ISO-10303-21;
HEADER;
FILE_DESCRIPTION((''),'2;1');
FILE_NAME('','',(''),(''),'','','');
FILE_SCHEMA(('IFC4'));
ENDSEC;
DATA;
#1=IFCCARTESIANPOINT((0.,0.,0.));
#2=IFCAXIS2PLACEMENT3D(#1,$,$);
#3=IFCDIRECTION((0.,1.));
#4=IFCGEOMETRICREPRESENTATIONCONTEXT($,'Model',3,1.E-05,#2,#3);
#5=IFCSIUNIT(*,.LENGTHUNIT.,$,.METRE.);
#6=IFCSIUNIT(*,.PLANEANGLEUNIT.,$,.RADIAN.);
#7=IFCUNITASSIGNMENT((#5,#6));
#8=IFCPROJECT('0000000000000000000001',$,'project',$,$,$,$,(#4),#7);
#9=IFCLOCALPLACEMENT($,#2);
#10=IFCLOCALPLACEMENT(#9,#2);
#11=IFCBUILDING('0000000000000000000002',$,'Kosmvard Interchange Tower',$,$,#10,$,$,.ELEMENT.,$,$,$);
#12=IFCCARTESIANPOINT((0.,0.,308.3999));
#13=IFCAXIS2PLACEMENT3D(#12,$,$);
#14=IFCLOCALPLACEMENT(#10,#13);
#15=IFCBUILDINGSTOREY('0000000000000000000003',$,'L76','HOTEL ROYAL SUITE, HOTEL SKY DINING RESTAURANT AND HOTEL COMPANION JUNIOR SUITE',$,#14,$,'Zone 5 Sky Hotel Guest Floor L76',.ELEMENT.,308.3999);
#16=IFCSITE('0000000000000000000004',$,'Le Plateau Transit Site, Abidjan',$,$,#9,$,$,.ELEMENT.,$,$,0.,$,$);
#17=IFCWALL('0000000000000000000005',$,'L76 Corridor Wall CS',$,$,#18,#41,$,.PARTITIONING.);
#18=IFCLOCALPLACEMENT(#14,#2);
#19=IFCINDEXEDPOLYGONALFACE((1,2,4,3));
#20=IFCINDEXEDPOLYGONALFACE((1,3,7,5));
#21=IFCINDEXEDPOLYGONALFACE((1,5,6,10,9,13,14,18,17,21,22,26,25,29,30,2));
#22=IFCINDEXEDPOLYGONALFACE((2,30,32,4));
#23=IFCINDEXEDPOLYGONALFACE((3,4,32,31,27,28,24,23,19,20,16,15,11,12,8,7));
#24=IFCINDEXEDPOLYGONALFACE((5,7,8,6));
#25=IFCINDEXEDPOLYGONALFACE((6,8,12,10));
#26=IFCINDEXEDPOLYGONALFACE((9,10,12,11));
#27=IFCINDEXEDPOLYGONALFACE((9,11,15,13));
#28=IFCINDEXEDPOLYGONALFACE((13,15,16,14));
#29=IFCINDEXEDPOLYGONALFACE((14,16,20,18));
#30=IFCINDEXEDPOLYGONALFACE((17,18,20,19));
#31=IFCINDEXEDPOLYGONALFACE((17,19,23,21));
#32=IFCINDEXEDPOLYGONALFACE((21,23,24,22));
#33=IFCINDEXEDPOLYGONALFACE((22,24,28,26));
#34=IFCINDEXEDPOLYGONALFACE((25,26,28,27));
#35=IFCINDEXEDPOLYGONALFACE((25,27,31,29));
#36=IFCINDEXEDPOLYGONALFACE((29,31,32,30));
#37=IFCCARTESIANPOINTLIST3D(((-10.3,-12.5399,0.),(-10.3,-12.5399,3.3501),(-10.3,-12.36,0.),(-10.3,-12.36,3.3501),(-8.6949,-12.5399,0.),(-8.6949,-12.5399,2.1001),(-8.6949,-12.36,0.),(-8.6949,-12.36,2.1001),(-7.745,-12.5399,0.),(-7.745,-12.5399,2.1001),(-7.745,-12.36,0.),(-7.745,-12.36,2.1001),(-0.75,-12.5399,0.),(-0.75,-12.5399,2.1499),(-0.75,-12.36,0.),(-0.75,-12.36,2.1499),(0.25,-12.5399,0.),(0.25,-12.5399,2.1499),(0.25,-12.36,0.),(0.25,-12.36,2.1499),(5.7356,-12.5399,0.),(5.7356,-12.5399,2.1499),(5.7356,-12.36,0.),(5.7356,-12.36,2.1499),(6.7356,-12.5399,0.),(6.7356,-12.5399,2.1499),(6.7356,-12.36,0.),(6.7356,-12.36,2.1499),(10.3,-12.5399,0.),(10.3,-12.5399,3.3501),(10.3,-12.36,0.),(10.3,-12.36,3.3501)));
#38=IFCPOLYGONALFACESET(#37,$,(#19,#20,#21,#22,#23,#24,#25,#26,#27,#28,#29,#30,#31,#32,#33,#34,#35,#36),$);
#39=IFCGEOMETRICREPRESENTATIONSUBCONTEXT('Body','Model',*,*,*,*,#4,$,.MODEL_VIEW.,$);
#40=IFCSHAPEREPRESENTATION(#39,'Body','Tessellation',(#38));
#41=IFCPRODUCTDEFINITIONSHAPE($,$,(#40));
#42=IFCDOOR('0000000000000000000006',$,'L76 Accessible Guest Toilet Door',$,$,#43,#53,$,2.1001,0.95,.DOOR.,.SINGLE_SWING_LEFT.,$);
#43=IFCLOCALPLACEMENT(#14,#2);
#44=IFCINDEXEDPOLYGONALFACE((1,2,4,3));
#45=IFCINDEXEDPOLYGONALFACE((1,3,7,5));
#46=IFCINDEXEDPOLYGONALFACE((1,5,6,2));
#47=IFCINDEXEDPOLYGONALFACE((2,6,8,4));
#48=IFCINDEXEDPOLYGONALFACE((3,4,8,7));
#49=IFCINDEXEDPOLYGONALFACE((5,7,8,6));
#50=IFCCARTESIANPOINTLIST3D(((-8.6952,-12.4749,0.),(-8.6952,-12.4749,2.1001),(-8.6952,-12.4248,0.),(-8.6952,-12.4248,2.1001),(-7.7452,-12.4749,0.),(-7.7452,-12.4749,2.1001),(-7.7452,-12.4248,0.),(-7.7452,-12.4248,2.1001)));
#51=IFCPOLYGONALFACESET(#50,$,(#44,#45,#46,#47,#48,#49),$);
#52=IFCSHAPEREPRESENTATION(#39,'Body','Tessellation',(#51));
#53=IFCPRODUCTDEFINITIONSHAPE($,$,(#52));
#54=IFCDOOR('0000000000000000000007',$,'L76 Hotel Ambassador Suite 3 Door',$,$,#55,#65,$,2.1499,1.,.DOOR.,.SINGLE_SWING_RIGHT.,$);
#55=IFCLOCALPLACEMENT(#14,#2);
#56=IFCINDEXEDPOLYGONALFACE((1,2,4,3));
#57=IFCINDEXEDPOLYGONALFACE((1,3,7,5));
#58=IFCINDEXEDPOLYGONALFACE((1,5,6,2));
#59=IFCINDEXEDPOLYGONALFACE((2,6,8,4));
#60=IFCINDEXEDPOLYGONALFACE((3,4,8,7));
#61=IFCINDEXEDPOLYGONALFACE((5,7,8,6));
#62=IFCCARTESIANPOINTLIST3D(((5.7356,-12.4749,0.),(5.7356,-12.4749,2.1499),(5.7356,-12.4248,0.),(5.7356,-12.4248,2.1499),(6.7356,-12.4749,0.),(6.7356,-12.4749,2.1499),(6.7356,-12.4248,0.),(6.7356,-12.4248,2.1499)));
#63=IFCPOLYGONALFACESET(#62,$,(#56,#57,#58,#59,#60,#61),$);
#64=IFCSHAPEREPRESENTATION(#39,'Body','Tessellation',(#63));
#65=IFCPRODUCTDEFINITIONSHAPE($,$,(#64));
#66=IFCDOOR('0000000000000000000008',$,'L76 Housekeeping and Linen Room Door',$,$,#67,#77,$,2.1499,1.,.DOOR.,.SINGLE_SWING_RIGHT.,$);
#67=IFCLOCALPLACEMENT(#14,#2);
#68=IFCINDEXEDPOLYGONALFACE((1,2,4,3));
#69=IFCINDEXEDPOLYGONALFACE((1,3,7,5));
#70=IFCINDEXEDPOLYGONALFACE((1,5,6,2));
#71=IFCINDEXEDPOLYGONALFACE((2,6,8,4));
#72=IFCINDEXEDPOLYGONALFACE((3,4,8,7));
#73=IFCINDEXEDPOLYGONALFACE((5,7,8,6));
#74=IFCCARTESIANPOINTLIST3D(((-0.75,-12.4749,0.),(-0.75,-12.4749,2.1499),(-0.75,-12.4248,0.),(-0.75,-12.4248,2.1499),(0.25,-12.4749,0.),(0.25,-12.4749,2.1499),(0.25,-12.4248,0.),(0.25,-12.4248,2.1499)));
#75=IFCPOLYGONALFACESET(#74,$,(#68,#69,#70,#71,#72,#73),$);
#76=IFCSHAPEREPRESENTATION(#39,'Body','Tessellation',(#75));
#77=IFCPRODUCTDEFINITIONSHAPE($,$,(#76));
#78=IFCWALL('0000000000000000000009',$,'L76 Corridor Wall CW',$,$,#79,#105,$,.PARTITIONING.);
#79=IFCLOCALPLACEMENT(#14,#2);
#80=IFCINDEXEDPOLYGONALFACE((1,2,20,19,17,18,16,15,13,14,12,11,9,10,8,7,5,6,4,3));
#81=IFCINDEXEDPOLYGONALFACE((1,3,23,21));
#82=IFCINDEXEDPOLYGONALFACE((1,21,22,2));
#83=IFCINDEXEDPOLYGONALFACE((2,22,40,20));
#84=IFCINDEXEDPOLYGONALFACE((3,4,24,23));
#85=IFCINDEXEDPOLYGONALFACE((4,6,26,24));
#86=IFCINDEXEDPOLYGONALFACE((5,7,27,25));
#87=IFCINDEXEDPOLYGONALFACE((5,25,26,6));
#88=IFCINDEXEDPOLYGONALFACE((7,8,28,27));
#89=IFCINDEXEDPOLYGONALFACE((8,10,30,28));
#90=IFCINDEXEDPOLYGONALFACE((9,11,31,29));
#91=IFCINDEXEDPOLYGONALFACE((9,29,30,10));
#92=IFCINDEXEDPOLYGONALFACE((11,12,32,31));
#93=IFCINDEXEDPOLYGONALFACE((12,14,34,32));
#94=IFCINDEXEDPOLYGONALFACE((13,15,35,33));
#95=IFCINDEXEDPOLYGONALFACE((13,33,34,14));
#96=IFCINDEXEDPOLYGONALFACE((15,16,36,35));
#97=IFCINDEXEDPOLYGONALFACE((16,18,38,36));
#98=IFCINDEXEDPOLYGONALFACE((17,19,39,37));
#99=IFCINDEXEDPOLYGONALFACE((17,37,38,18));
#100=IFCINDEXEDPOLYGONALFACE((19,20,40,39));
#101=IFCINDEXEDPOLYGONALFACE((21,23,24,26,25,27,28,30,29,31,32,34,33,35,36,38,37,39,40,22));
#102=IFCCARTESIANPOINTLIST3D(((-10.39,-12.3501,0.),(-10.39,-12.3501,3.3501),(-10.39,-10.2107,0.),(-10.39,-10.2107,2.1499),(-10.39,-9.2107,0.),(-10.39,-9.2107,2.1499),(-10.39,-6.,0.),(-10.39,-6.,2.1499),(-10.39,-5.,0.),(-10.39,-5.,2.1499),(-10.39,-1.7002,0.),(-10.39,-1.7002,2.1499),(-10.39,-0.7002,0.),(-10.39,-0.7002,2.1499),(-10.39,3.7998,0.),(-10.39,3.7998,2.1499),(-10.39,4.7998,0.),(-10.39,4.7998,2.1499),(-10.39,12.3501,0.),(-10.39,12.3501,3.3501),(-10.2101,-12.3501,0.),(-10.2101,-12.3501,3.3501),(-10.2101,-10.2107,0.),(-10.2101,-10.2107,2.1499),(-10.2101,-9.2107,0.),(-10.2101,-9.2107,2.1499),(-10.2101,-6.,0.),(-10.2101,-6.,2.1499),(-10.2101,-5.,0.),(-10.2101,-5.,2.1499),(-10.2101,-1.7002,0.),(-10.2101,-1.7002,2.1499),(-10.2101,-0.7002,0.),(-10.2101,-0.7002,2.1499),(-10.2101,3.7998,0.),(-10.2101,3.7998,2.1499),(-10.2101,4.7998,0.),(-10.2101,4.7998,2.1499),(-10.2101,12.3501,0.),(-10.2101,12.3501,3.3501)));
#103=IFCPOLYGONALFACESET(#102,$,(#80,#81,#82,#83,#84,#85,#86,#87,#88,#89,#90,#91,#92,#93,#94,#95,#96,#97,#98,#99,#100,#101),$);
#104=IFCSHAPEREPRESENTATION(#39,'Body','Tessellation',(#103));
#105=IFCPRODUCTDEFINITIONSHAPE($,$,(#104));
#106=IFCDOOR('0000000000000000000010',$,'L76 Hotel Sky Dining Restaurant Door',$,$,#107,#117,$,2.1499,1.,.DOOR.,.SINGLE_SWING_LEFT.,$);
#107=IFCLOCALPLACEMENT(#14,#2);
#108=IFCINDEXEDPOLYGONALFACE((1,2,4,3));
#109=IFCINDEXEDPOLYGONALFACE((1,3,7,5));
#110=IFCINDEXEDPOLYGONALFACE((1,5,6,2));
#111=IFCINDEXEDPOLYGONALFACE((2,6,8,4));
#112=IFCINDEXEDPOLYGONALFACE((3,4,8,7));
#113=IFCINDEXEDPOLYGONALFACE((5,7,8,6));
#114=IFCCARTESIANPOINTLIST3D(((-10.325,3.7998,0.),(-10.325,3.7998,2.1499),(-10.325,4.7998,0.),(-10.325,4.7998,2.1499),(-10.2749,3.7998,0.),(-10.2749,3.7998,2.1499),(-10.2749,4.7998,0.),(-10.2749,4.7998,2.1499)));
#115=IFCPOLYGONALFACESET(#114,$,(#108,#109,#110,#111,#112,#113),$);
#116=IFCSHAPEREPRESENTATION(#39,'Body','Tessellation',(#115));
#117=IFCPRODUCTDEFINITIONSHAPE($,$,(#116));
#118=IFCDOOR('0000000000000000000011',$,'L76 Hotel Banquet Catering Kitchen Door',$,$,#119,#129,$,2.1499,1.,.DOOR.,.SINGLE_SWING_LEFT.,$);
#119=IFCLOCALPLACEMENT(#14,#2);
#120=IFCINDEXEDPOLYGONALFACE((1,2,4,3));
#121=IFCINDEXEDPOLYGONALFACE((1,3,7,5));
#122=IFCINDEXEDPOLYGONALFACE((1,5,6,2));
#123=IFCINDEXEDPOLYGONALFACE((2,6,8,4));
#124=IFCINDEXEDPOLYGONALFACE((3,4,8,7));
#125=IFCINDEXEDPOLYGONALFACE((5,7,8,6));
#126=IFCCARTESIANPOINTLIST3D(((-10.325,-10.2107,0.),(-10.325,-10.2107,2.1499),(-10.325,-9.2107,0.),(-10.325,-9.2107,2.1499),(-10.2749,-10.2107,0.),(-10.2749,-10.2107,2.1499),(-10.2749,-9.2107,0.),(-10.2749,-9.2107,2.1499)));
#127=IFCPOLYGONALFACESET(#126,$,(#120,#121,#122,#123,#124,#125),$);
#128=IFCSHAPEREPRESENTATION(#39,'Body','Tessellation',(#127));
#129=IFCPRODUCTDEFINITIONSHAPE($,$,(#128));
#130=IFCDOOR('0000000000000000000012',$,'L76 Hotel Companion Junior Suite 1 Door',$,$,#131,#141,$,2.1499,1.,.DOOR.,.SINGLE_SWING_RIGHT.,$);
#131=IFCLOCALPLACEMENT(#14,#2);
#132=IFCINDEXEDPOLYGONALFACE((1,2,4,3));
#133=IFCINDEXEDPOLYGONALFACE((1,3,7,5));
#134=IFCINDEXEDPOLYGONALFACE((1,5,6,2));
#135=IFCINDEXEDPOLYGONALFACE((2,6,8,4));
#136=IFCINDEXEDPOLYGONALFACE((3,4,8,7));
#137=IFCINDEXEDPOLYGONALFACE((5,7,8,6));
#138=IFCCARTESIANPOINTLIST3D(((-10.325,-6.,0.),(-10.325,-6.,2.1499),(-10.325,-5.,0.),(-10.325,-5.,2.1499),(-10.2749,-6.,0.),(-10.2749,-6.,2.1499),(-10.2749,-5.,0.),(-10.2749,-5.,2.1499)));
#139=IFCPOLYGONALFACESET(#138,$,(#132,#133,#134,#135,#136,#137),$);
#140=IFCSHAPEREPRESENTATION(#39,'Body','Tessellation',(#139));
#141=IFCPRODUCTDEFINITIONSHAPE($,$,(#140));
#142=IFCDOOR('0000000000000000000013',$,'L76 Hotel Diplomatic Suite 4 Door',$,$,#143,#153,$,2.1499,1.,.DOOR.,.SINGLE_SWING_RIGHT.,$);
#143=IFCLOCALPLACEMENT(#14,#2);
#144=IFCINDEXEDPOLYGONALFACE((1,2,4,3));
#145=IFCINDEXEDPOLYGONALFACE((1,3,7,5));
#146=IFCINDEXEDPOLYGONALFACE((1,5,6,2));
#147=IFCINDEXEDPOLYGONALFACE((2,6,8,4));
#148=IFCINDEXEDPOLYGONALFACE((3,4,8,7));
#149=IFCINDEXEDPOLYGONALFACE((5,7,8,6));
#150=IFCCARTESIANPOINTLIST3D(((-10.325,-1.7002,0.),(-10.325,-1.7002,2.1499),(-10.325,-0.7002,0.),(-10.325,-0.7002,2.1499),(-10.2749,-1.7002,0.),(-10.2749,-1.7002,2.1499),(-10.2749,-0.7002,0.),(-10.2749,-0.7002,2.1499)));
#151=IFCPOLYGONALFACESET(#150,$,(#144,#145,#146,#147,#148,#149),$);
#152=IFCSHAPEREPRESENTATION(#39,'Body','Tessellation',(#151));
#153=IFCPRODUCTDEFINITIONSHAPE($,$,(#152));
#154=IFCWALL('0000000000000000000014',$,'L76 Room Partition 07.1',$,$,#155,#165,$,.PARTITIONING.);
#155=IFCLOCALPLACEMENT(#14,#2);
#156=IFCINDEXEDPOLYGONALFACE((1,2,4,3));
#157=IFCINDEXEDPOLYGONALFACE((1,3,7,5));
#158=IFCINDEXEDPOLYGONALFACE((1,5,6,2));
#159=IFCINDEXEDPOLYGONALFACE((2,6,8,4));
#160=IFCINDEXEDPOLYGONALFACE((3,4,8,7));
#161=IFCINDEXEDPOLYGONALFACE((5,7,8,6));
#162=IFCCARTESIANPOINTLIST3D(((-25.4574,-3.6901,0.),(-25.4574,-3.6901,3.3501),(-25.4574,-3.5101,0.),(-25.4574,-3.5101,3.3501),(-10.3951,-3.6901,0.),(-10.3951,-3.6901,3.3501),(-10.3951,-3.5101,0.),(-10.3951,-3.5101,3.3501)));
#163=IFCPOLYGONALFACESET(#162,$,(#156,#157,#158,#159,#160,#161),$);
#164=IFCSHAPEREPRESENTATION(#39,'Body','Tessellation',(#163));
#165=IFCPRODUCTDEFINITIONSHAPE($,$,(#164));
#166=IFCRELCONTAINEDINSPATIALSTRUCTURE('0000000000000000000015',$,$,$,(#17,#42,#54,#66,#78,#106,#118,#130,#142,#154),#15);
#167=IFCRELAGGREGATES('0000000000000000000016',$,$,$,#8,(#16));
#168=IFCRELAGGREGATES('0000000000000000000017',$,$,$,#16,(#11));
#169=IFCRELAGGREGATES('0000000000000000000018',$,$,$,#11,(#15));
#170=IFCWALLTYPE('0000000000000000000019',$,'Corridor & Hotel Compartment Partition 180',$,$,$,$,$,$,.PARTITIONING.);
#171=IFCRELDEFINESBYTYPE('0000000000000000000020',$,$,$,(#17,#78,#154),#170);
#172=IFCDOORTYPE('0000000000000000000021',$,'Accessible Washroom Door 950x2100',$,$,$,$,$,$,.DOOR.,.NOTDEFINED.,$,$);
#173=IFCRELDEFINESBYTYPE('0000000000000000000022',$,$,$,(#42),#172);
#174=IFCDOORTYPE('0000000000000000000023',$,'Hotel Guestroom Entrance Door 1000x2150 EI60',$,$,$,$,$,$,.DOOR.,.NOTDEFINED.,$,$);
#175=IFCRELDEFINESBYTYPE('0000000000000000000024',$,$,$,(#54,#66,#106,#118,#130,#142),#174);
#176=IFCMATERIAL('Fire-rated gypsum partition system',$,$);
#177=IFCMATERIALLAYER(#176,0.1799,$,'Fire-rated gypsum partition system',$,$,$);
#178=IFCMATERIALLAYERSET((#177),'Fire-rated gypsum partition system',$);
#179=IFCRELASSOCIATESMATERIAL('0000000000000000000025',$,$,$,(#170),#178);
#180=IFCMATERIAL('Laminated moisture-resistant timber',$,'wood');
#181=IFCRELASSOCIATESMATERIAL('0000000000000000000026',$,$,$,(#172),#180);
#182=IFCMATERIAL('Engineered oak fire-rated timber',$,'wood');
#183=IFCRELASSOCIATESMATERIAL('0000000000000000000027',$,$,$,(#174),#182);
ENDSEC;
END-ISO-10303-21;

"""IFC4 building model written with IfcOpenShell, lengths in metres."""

from ifc_helpers import new_model, si_unit, direction, frame, frame_2d, origin, place, context, subcontext, project, spatial, rectangle, extrude, source, transform, mapped, material, layer, layer_set, type_object, element, fill, save


model = new_model("IFC4")

# Units and contexts
model_context = context("Model", 3, precision=1e-05, world=origin(), true_north=direction((0.0, 1.0)))
body_context = subcontext(model_context, "Body", "Model", "MODEL_VIEW")
ifc_project = project(units=[si_unit("LENGTHUNIT", "METRE"), si_unit("PLANEANGLEUNIT", "RADIAN")], contexts=[model_context])

# Site, building, storey
site_placement = place(None, origin())
site = spatial("IfcSite", under=ifc_project, at=site_placement, Name="Le Plateau Transit Site, Abidjan", CompositionType="ELEMENT", RefElevation=0.0)
building_placement = place(site_placement, origin())
building = spatial("IfcBuilding", under=site, at=building_placement, Name="Kosmvard Interchange Tower", CompositionType="ELEMENT")
storey_placement = place(building_placement, frame((0.0, 0.0, 308.3999)))
storey = spatial("IfcBuildingStorey", under=building, at=storey_placement, Name="L76", Description="HOTEL ROYAL SUITE, HOTEL SKY DINING RESTAURANT AND HOTEL COMPANION JUNIOR SUITE", LongName="Zone 5 Sky Hotel Guest Floor L76", CompositionType="ELEMENT", Elevation=308.3999)

# Walls, openings, doors
ifc_material_1 = material(Name="Fire-rated gypsum partition system")
ifc_layer_1 = layer(ifc_material_1, 0.1799, Name="Fire-rated gypsum partition system")
ifc_layer_set_1 = layer_set([ifc_layer_1], Name="Fire-rated gypsum partition system")
wall_type_1 = type_object("IfcWallType", Name="Corridor & Hotel Compartment Partition 180", PredefinedType="PARTITIONING", material=ifc_layer_set_1)
wall_1_placement = place(storey_placement, frame((-10.3, -12.45, 0.0), z_axis=(0.0, 0.0, 1.0), x_axis=(1.0, 0.0, 0.0)))
wall_1 = element("IfcWall", 1, at=wall_1_placement, inside=storey, type_object=wall_type_1, Name="L76 Corridor Wall CS", PredefinedType="PARTITIONING", context=body_context, shape_type="SweptSolid", body=[
    extrude(rectangle(XDim=20.6001, YDim=0.1799, at=frame_2d((10.3, 0.0))), origin(), (0.0, 0.0, 1.0), 3.3501),
])
opening_1_placement = place(wall_1_placement, frame((1.605, 0.0, 0.0)))
opening_1 = element("IfcOpeningElement", 2, at=opening_1_placement, cuts=wall_1, PredefinedType="OPENING", context=body_context, shape_type="SweptSolid", body=[
    extrude(rectangle(XDim=0.95, YDim=2.1001, at=frame_2d((0.4751, 1.05))), frame((0.0, 0.1001, 0.0), z_axis=(0.0, -1.0, 0.0), x_axis=(1.0, 0.0, 0.0)), (0.0, 0.0, 1.0), 0.2),
])
opening_2_placement = place(wall_1_placement, frame((16.0356, 0.0, 0.0)))
opening_2 = element("IfcOpeningElement", 3, at=opening_2_placement, cuts=wall_1, PredefinedType="OPENING", context=body_context, shape_type="SweptSolid", body=[
    extrude(rectangle(XDim=1.0, YDim=2.1499, at=frame_2d((0.5, 1.075))), frame((0.0, 0.1001, 0.0), z_axis=(0.0, -1.0, 0.0), x_axis=(1.0, 0.0, 0.0)), (0.0, 0.0, 1.0), 0.2),
])
opening_3_placement = place(wall_1_placement, frame((9.55, 0.0, 0.0)))
opening_3 = element("IfcOpeningElement", 4, at=opening_3_placement, cuts=wall_1, PredefinedType="OPENING", context=body_context, shape_type="SweptSolid", body=[
    extrude(rectangle(XDim=1.0, YDim=2.1499, at=frame_2d((0.5, 1.075))), frame((0.0, 0.1001, 0.0), z_axis=(0.0, -1.0, 0.0), x_axis=(1.0, 0.0, 0.0)), (0.0, 0.0, 1.0), 0.2),
])
ifc_material_2 = material(Name="Laminated moisture-resistant timber", Category="wood")
door_type_1 = type_object("IfcDoorType", Name="Accessible Washroom Door 950x2100", OperationType="NOTDEFINED", PredefinedType="DOOR", material=ifc_material_2)
shared_shape_1 = source(origin(), body_context, "Body", "SweptSolid", [
    extrude(rectangle(XDim=0.95, YDim=2.1001, at=frame_2d((0.4751, 1.05))), frame((0.0, 0.0249, 0.0), z_axis=(0.0, -1.0, 0.0), x_axis=(1.0, 0.0, 0.0)), (0.0, 0.0, 1.0), 0.05),
])
door_1_placement = place(opening_1_placement, frame((0.95, 0.0, 0.0), z_axis=(0.0, 0.0, 1.0), x_axis=(-1.0, 0.0, 0.0)))
door_1 = element("IfcDoor", 5, at=door_1_placement, inside=storey, type_object=door_type_1, Name="L76 Accessible Guest Toilet Door", OperationType="SINGLE_SWING_LEFT", OverallHeight=2.1001, OverallWidth=0.95, PredefinedType="DOOR", context=body_context, shape_type="MappedRepresentation", body=[
    mapped(shared_shape_1, transform((0.0, 0.0, 0.0), scale=1.0)),
])
fill(opening_1, door_1)
ifc_material_3 = material(Name="Engineered oak fire-rated timber", Category="wood")
door_type_2 = type_object("IfcDoorType", Name="Hotel Guestroom Entrance Door 1000x2150 EI60", OperationType="NOTDEFINED", PredefinedType="DOOR", material=ifc_material_3)
shared_shape_2 = source(origin(), body_context, "Body", "SweptSolid", [
    extrude(rectangle(XDim=1.0, YDim=2.1499, at=frame_2d((0.5, 1.075))), frame((0.0, 0.0249, 0.0), z_axis=(0.0, -1.0, 0.0), x_axis=(1.0, 0.0, 0.0)), (0.0, 0.0, 1.0), 0.05),
])
door_2_placement = place(opening_2_placement, frame((1.0, 0.0, 0.0), z_axis=(0.0, 0.0, 1.0), x_axis=(-1.0, 0.0, 0.0)))
door_2 = element("IfcDoor", 6, at=door_2_placement, inside=storey, type_object=door_type_2, Name="L76 Hotel Ambassador Suite 3 Door", OperationType="SINGLE_SWING_RIGHT", OverallHeight=2.1499, OverallWidth=1.0, PredefinedType="DOOR", context=body_context, shape_type="MappedRepresentation", body=[
    mapped(shared_shape_2, transform((0.0, 0.0, 0.0), scale=1.0)),
])
fill(opening_2, door_2)
door_3_placement = place(opening_3_placement, frame((1.0, 0.0, 0.0), z_axis=(0.0, 0.0, 1.0), x_axis=(-1.0, 0.0, 0.0)))
door_3 = element("IfcDoor", 7, at=door_3_placement, inside=storey, type_object=door_type_2, Name="L76 Housekeeping and Linen Room Door", OperationType="SINGLE_SWING_RIGHT", OverallHeight=2.1499, OverallWidth=1.0, PredefinedType="DOOR", context=body_context, shape_type="MappedRepresentation", body=[
    mapped(shared_shape_2, transform((0.0, 0.0, 0.0), scale=1.0)),
])
fill(opening_3, door_3)
wall_2_placement = place(storey_placement, frame((-10.3, -12.3501, 0.0), z_axis=(0.0, 0.0, 1.0), x_axis=(0.0, 1.0, 0.0)))
wall_2 = element("IfcWall", 8, at=wall_2_placement, inside=storey, type_object=wall_type_1, Name="L76 Corridor Wall CW", PredefinedType="PARTITIONING", context=body_context, shape_type="SweptSolid", body=[
    extrude(rectangle(XDim=24.7002, YDim=0.1799, at=frame_2d((12.3501, 0.0))), origin(), (0.0, 0.0, 1.0), 3.3501),
])
opening_4_placement = place(wall_2_placement, frame((16.1499, 0.0, 0.0)))
opening_4 = element("IfcOpeningElement", 9, at=opening_4_placement, cuts=wall_2, PredefinedType="OPENING", context=body_context, shape_type="SweptSolid", body=[
    extrude(rectangle(XDim=1.0, YDim=2.1499, at=frame_2d((0.5, 1.075))), frame((0.0, 0.1001, 0.0), z_axis=(0.0, -1.0, 0.0), x_axis=(1.0, 0.0, 0.0)), (0.0, 0.0, 1.0), 0.2),
])
opening_5_placement = place(wall_2_placement, frame((2.1394, 0.0, 0.0)))
opening_5 = element("IfcOpeningElement", 10, at=opening_5_placement, cuts=wall_2, PredefinedType="OPENING", context=body_context, shape_type="SweptSolid", body=[
    extrude(rectangle(XDim=1.0, YDim=2.1499, at=frame_2d((0.5, 1.075))), frame((0.0, 0.1001, 0.0), z_axis=(0.0, -1.0, 0.0), x_axis=(1.0, 0.0, 0.0)), (0.0, 0.0, 1.0), 0.2),
])
opening_6_placement = place(wall_2_placement, frame((6.3501, 0.0, 0.0)))
opening_6 = element("IfcOpeningElement", 11, at=opening_6_placement, cuts=wall_2, PredefinedType="OPENING", context=body_context, shape_type="SweptSolid", body=[
    extrude(rectangle(XDim=1.0, YDim=2.1499, at=frame_2d((0.5, 1.075))), frame((0.0, 0.1001, 0.0), z_axis=(0.0, -1.0, 0.0), x_axis=(1.0, 0.0, 0.0)), (0.0, 0.0, 1.0), 0.2),
])
opening_7_placement = place(wall_2_placement, frame((10.6499, 0.0, 0.0)))
opening_7 = element("IfcOpeningElement", 12, at=opening_7_placement, cuts=wall_2, PredefinedType="OPENING", context=body_context, shape_type="SweptSolid", body=[
    extrude(rectangle(XDim=1.0, YDim=2.1499, at=frame_2d((0.5, 1.075))), frame((0.0, 0.1001, 0.0), z_axis=(0.0, -1.0, 0.0), x_axis=(1.0, 0.0, 0.0)), (0.0, 0.0, 1.0), 0.2),
])
door_4_placement = place(opening_4_placement, origin())
door_4 = element("IfcDoor", 13, at=door_4_placement, inside=storey, type_object=door_type_2, Name="L76 Hotel Sky Dining Restaurant Door", OperationType="SINGLE_SWING_LEFT", OverallHeight=2.1499, OverallWidth=1.0, PredefinedType="DOOR", context=body_context, shape_type="MappedRepresentation", body=[
    mapped(shared_shape_2, transform((0.0, 0.0, 0.0), scale=1.0)),
])
fill(opening_4, door_4)
door_5_placement = place(opening_5_placement, origin())
door_5 = element("IfcDoor", 14, at=door_5_placement, inside=storey, type_object=door_type_2, Name="L76 Hotel Banquet Catering Kitchen Door", OperationType="SINGLE_SWING_LEFT", OverallHeight=2.1499, OverallWidth=1.0, PredefinedType="DOOR", context=body_context, shape_type="MappedRepresentation", body=[
    mapped(shared_shape_2, transform((0.0, 0.0, 0.0), scale=1.0)),
])
fill(opening_5, door_5)
door_6_placement = place(opening_6_placement, origin())
door_6 = element("IfcDoor", 15, at=door_6_placement, inside=storey, type_object=door_type_2, Name="L76 Hotel Companion Junior Suite 1 Door", OperationType="SINGLE_SWING_RIGHT", OverallHeight=2.1499, OverallWidth=1.0, PredefinedType="DOOR", context=body_context, shape_type="MappedRepresentation", body=[
    mapped(shared_shape_2, transform((0.0, 0.0, 0.0), scale=1.0)),
])
fill(opening_6, door_6)
door_7_placement = place(opening_7_placement, origin())
door_7 = element("IfcDoor", 16, at=door_7_placement, inside=storey, type_object=door_type_2, Name="L76 Hotel Diplomatic Suite 4 Door", OperationType="SINGLE_SWING_RIGHT", OverallHeight=2.1499, OverallWidth=1.0, PredefinedType="DOOR", context=body_context, shape_type="MappedRepresentation", body=[
    mapped(shared_shape_2, transform((0.0, 0.0, 0.0), scale=1.0)),
])
fill(opening_7, door_7)

# Wall
wall_3_placement = place(storey_placement, frame((-10.395, -3.6001, 0.0), z_axis=(0.0, 0.0, 1.0), x_axis=(-1.0, 0.0, 0.0)))
element("IfcWall", 17, at=wall_3_placement, inside=storey, type_object=wall_type_1, Name="L76 Room Partition 07.1", PredefinedType="PARTITIONING", context=body_context, shape_type="SweptSolid", body=[
    extrude(rectangle(XDim=15.0623, YDim=0.1799, at=frame_2d((7.5312, 0.0))), origin(), (0.0, 0.0, 1.0), 3.3501),
])

save(model, "model.ifc")
